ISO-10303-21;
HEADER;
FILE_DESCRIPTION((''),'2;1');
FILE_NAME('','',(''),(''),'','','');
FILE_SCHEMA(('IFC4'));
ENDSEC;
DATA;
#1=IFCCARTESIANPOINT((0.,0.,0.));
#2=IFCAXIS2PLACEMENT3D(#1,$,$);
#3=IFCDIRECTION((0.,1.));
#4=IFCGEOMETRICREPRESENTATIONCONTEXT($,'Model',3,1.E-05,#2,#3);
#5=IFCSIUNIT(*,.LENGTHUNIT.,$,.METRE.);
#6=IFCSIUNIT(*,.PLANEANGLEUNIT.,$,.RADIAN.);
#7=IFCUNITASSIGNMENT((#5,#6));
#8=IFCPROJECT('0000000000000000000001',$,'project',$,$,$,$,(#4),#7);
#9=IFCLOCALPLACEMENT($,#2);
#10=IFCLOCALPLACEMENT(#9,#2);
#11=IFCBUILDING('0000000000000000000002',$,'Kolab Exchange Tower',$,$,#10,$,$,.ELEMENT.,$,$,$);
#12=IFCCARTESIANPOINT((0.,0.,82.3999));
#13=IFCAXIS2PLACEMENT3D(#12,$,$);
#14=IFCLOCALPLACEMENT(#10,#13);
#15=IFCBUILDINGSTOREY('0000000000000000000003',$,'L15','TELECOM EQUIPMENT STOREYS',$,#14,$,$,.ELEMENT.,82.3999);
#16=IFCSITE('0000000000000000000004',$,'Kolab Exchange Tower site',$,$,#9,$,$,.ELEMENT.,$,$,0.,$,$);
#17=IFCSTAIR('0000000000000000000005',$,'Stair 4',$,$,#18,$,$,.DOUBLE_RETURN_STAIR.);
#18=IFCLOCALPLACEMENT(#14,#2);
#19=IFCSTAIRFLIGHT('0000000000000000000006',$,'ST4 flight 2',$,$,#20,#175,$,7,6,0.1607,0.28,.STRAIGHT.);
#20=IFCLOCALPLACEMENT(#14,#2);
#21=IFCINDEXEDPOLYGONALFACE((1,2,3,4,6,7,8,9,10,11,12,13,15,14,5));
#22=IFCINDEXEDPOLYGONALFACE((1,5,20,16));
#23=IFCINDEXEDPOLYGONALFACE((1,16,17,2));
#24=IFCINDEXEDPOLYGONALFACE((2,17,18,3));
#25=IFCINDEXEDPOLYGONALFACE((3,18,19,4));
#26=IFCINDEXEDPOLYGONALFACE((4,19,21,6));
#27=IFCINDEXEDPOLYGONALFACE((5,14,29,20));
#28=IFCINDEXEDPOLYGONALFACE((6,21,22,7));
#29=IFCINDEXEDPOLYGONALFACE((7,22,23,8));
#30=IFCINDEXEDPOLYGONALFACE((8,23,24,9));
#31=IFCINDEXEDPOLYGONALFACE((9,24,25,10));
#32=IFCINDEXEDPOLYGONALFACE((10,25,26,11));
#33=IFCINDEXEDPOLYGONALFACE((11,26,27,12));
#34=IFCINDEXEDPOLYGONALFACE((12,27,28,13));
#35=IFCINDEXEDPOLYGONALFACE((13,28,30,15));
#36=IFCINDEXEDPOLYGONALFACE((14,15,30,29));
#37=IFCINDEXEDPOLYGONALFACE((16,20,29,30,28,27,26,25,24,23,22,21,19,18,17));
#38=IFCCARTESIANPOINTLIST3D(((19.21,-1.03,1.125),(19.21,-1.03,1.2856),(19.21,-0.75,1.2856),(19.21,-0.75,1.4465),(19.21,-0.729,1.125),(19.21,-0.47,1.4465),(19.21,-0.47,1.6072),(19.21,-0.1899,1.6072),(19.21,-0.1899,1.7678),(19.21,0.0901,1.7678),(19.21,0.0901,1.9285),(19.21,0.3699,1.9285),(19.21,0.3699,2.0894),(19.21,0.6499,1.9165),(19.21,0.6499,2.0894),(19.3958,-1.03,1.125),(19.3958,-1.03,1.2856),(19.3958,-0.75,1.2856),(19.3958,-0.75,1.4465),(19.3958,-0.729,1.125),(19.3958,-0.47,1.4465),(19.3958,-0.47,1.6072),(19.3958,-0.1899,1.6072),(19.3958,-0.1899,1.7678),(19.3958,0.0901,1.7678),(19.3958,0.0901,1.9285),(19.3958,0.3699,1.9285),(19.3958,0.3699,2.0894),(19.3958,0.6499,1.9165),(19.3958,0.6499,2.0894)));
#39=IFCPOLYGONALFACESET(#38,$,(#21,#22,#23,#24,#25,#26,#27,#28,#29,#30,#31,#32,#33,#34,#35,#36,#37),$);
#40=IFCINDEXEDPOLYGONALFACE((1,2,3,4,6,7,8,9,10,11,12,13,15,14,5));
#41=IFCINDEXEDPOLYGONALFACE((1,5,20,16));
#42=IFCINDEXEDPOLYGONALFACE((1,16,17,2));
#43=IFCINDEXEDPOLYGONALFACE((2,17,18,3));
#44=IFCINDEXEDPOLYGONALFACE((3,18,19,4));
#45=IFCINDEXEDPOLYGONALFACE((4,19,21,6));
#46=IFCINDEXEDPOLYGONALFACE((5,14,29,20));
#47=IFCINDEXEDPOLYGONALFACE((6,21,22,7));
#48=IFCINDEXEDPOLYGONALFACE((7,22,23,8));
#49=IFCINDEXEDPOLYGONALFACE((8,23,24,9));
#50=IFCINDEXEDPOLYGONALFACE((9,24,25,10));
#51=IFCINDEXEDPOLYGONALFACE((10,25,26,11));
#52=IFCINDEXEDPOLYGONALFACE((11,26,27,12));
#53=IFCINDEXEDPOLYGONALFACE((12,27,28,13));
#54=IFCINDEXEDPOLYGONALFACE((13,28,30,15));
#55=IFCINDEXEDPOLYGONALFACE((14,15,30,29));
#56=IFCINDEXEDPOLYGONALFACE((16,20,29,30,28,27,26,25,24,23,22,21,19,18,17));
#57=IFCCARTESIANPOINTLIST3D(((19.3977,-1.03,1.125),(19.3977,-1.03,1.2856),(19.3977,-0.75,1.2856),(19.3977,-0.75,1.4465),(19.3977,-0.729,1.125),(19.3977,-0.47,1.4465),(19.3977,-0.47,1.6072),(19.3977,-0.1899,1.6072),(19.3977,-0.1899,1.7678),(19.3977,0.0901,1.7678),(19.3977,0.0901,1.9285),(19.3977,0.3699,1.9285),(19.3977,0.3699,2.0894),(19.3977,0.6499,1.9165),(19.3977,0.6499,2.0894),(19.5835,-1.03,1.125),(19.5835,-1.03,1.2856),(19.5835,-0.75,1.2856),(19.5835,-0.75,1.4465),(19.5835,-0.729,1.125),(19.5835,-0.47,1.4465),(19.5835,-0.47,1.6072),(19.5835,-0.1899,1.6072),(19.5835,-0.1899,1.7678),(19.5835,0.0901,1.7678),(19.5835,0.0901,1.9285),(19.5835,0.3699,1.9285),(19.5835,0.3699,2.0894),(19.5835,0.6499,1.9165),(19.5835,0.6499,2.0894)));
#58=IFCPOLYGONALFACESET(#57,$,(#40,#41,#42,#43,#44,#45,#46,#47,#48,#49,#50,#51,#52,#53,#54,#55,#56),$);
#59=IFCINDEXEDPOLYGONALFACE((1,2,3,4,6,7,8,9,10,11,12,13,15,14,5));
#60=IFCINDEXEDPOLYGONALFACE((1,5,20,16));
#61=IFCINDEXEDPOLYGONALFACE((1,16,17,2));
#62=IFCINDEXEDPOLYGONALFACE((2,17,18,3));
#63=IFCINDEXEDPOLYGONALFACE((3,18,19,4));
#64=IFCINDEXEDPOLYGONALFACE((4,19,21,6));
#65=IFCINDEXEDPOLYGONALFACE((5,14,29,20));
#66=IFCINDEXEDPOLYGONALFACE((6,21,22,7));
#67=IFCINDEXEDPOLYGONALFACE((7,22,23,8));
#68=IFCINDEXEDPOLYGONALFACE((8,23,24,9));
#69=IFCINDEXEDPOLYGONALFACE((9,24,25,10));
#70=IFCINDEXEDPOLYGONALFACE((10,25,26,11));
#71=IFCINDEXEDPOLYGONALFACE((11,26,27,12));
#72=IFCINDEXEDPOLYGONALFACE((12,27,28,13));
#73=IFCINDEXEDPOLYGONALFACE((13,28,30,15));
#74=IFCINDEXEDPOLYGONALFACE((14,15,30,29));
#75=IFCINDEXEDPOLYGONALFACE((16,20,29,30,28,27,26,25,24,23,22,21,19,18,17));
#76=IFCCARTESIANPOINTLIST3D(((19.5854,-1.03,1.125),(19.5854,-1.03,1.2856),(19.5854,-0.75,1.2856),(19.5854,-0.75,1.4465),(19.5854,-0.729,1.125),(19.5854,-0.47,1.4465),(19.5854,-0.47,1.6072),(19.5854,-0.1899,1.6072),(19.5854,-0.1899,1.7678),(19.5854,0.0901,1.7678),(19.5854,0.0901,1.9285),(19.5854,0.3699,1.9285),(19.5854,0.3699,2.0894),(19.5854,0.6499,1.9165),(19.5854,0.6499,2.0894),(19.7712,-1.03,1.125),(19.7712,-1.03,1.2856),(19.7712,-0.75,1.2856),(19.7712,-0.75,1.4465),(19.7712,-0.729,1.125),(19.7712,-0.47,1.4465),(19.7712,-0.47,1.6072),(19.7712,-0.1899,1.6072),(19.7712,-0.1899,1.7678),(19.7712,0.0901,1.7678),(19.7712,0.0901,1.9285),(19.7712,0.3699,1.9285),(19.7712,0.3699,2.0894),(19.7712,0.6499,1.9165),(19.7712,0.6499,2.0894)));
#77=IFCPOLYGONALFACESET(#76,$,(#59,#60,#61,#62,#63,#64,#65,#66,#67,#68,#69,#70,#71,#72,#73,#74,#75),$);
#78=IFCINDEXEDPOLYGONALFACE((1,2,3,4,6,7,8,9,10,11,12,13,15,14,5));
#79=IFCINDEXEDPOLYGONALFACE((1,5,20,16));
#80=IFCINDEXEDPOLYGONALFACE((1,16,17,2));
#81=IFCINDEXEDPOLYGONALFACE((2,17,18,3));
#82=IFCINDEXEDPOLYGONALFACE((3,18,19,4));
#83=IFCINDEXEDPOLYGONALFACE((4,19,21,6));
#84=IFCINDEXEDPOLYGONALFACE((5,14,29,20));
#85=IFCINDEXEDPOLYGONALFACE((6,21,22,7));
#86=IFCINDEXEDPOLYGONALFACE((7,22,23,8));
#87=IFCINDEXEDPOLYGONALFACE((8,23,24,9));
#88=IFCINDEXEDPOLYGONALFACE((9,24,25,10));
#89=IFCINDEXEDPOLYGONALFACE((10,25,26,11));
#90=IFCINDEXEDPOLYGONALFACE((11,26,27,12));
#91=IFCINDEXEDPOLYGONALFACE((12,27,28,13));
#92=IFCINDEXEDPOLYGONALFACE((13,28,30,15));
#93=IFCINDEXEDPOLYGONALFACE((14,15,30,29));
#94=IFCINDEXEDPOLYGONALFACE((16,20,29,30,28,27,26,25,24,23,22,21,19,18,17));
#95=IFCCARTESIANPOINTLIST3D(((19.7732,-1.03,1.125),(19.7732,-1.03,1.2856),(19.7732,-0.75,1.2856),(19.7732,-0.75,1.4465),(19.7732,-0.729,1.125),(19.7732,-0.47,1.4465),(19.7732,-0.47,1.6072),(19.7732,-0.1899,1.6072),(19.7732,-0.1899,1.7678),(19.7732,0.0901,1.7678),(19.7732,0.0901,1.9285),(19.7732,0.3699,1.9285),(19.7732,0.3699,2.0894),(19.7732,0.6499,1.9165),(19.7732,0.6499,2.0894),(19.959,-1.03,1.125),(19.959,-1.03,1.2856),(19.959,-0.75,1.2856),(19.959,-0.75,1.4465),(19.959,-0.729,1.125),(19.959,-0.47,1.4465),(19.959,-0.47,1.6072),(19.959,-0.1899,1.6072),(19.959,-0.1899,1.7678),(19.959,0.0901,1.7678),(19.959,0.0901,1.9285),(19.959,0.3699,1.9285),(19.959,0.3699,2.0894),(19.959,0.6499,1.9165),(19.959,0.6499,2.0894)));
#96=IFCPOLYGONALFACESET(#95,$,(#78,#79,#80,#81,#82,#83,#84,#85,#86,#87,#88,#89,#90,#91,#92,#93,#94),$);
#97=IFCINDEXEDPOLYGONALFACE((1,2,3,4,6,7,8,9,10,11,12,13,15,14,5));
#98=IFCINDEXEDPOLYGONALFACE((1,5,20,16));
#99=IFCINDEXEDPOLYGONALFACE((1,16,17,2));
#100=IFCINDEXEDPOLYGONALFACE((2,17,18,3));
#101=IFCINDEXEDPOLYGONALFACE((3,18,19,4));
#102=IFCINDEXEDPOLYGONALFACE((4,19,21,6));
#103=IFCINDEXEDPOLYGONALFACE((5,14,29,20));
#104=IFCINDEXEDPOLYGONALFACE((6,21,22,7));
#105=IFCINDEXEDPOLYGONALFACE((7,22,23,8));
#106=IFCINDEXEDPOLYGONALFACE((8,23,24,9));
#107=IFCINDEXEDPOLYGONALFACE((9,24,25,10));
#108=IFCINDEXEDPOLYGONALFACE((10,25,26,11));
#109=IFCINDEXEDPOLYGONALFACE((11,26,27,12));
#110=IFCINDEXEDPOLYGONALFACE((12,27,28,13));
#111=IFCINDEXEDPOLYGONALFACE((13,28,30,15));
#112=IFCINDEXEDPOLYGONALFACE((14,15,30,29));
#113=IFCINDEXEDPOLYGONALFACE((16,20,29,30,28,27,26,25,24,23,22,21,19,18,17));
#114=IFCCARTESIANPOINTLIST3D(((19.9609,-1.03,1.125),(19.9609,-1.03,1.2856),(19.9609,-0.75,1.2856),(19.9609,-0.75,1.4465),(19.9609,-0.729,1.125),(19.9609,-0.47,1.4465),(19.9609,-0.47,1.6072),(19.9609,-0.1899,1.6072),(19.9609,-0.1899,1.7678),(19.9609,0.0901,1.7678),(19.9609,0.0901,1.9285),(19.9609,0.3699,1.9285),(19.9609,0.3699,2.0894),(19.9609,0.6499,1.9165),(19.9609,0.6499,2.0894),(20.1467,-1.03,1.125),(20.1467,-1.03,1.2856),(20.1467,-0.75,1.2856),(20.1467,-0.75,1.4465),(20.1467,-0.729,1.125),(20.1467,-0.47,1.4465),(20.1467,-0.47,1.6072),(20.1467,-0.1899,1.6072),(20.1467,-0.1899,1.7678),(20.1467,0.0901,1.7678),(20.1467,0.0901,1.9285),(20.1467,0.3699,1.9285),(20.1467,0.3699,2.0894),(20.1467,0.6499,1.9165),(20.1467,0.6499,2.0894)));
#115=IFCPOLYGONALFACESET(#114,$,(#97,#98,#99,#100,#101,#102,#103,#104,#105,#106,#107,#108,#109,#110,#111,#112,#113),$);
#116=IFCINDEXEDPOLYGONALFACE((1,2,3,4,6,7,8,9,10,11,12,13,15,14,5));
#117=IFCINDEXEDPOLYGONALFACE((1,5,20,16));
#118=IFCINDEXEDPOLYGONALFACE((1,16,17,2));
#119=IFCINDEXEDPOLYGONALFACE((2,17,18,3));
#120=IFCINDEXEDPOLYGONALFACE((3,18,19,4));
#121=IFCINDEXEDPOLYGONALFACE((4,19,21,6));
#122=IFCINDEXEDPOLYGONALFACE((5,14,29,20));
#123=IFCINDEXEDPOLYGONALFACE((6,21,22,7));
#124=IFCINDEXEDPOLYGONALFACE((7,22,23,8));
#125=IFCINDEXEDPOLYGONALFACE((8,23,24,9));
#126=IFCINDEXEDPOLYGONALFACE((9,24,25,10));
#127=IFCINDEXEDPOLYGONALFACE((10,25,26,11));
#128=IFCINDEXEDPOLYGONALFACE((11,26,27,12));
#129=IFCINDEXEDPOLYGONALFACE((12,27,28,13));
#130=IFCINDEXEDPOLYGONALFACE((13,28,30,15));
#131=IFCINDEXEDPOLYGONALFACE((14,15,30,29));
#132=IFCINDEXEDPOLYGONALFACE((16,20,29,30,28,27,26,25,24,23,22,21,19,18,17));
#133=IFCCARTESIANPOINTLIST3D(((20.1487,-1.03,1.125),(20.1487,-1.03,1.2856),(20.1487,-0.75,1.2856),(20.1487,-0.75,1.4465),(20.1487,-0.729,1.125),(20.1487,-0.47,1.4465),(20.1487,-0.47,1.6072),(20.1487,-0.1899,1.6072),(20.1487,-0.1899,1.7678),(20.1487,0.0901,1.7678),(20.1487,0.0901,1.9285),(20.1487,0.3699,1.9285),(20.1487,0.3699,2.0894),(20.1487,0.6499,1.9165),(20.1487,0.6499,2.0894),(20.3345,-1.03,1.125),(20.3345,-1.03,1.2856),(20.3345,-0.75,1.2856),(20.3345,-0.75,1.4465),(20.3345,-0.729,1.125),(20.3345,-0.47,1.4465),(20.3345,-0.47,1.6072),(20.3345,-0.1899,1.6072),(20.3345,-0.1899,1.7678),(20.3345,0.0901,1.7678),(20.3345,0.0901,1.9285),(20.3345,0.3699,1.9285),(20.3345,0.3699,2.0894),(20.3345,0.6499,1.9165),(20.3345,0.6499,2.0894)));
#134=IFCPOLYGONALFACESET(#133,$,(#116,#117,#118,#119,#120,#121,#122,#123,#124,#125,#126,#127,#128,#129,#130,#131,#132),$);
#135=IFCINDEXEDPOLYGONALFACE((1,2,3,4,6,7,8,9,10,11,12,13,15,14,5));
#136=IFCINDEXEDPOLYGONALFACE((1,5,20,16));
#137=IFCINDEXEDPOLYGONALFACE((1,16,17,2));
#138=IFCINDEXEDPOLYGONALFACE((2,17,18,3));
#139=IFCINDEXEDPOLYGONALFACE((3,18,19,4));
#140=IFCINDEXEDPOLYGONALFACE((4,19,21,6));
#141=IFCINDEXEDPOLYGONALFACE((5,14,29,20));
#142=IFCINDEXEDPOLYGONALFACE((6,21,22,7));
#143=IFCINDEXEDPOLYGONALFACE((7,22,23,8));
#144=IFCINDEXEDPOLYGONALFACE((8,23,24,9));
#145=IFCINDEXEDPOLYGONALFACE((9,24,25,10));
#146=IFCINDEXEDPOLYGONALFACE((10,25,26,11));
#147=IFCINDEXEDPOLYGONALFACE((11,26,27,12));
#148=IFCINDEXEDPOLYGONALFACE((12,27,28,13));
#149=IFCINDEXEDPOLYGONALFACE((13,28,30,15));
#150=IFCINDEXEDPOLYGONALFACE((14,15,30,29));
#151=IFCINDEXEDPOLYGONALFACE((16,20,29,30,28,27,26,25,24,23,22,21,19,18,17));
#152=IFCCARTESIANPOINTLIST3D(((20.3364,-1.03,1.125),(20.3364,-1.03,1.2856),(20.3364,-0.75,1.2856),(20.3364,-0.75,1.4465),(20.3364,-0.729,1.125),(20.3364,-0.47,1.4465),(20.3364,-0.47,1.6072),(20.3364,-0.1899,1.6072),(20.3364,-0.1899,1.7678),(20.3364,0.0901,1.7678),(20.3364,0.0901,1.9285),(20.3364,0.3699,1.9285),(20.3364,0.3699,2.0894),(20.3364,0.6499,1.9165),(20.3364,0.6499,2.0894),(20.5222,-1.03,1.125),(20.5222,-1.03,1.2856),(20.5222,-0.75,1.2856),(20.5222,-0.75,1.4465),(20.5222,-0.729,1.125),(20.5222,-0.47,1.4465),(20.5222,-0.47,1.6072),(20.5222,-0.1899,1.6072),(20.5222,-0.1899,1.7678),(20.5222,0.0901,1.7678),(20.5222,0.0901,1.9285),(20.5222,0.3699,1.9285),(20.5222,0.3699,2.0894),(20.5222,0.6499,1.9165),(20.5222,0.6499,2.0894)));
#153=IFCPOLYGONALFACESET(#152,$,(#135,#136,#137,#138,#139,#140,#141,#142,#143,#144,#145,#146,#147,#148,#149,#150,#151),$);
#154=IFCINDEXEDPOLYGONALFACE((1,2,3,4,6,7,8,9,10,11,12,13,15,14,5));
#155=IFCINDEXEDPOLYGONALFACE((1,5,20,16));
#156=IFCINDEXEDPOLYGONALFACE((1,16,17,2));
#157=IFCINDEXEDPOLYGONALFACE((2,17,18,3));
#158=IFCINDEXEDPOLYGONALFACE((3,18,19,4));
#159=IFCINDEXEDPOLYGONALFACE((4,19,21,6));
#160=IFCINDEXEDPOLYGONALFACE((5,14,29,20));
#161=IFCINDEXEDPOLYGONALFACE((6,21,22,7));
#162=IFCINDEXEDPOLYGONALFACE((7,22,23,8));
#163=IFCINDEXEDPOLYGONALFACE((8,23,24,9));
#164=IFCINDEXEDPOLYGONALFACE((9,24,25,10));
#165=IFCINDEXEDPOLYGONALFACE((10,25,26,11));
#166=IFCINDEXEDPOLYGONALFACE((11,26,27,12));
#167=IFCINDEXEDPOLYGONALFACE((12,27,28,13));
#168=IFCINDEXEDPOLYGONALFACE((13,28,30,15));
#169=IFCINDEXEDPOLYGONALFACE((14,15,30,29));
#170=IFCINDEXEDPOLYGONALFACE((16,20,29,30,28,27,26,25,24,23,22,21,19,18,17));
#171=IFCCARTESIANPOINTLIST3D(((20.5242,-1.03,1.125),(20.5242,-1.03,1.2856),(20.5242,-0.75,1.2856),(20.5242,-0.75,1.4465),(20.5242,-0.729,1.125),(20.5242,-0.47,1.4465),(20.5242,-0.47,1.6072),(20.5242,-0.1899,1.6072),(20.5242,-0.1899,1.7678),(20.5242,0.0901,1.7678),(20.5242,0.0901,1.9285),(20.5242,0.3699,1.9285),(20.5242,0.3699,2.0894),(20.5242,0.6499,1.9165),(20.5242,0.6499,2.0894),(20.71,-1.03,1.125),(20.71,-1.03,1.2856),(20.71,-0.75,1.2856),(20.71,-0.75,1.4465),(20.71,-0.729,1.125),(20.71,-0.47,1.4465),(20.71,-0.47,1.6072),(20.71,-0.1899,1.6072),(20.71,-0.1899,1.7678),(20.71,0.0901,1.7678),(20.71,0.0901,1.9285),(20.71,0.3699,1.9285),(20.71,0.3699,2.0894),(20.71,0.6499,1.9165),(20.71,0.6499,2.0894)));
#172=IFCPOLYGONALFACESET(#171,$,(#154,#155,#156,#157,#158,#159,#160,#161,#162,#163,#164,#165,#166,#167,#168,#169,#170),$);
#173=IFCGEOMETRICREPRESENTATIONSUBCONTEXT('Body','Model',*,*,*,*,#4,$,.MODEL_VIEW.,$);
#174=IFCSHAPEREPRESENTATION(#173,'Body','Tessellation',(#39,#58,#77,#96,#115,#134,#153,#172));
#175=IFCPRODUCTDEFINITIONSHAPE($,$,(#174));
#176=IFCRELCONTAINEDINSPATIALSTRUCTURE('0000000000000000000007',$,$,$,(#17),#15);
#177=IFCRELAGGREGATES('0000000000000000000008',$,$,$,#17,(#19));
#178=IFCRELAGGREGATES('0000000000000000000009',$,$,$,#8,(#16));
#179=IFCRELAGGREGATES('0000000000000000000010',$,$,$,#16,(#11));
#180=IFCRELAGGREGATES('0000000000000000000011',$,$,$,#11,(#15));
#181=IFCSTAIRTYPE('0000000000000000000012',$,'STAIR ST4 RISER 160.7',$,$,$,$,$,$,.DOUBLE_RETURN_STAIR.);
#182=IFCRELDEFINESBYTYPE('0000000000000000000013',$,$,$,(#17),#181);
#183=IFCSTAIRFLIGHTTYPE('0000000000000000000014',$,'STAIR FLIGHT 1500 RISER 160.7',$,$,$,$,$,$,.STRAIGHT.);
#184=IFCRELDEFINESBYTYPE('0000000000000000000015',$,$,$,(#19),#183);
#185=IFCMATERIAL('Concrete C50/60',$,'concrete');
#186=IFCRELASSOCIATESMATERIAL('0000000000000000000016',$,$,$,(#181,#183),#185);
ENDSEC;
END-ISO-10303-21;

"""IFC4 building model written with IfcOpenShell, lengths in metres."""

from ifc_helpers import new_model, si_unit, direction, frame, origin, place, context, subcontext, project, spatial, polyline, outline, extrude, material, type_object, element, aggregate, save


model = new_model("IFC4")

# Units and contexts
model_context = context("Model", 3, precision=1e-05, world=origin(), true_north=direction((0.0, 1.0)))
body_context = subcontext(model_context, "Body", "Model", "MODEL_VIEW")
ifc_project = project(units=[si_unit("LENGTHUNIT", "METRE"), si_unit("PLANEANGLEUNIT", "RADIAN")], contexts=[model_context])

# Site, building, storey
site_placement = place(None, origin())
site = spatial("IfcSite", under=ifc_project, at=site_placement, Name="Kolab Exchange Tower site", CompositionType="ELEMENT", RefElevation=0.0)
building_placement = place(site_placement, origin())
building = spatial("IfcBuilding", under=site, at=building_placement, Name="Kolab Exchange Tower", CompositionType="ELEMENT")
storey_placement = place(building_placement, frame((0.0, 0.0, 82.3999)))
storey = spatial("IfcBuildingStorey", under=building, at=storey_placement, Name="L15", Description="TELECOM EQUIPMENT STOREYS", CompositionType="ELEMENT", Elevation=82.3999)

# Shared definitions
ifc_material_1 = material(Name="Concrete C50/60", Category="concrete")

# Stair, stair flight
stair_type = type_object("IfcStairType", Name="STAIR ST4 RISER 160.7", PredefinedType="DOUBLE_RETURN_STAIR", material=ifc_material_1)
stair_placement = place(storey_placement, origin())
stair = element("IfcStair", 1, at=stair_placement, inside=storey, type_object=stair_type, Name="Stair 4", PredefinedType="DOUBLE_RETURN_STAIR")
stair_flight_type = type_object("IfcStairFlightType", Name="STAIR FLIGHT 1500 RISER 160.7", PredefinedType="STRAIGHT", material=ifc_material_1)
stair_flight_1_placement = place(storey_placement, frame((19.96, -1.03, 1.125), z_axis=(0.0, 0.0, 1.0), x_axis=(0.0, 1.0, 0.0)))
stair_flight_1 = element("IfcStairFlight", 2, at=stair_flight_1_placement, type_object=stair_flight_type, Name="ST4 flight 2", NumberOfRisers=7, NumberOfTreads=6, PredefinedType="STRAIGHT", RiserHeight=0.1607, TreadLength=0.28, context=body_context, shape_type="SweptSolid", body=[
    extrude(outline(polyline([(0.0, 0.0), (0.0, 0.1606), (0.28, 0.1606), (0.28, 0.3215), (0.5601, 0.3215), (0.5601, 0.4822), (0.8401, 0.4822), (0.8401, 0.6428), (1.1201, 0.6428), (1.1201, 0.8035), (1.3999, 0.8035), (1.3999, 0.9644), (1.6799, 0.9644), (1.6799, 1.125), (1.6799, 0.7915), (0.301, 0.0), (0.0, 0.0)])), frame((0.0, 0.75, 0.0), z_axis=(0.0, -1.0, 0.0), x_axis=(1.0, 0.0, 0.0)), (0.0, 0.0, 1.0), 0.1858),
    extrude(outline(polyline([(0.0, 0.0), (0.0, 0.1606), (0.28, 0.1606), (0.28, 0.3215), (0.5601, 0.3215), (0.5601, 0.4822), (0.8401, 0.4822), (0.8401, 0.6428), (1.1201, 0.6428), (1.1201, 0.8035), (1.3999, 0.8035), (1.3999, 0.9644), (1.6799, 0.9644), (1.6799, 1.125), (1.6799, 0.7915), (0.301, 0.0), (0.0, 0.0)])), frame((0.0, 0.5623, 0.0), z_axis=(0.0, -1.0, 0.0), x_axis=(1.0, 0.0, 0.0)), (0.0, 0.0, 1.0), 0.1858),
    extrude(outline(polyline([(0.0, 0.0), (0.0, 0.1606), (0.28, 0.1606), (0.28, 0.3215), (0.5601, 0.3215), (0.5601, 0.4822), (0.8401, 0.4822), (0.8401, 0.6428), (1.1201, 0.6428), (1.1201, 0.8035), (1.3999, 0.8035), (1.3999, 0.9644), (1.6799, 0.9644), (1.6799, 1.125), (1.6799, 0.7915), (0.301, 0.0), (0.0, 0.0)])), frame((0.0, 0.3745, 0.0), z_axis=(0.0, -1.0, 0.0), x_axis=(1.0, 0.0, 0.0)), (0.0, 0.0, 1.0), 0.1858),
    extrude(outline(polyline([(0.0, 0.0), (0.0, 0.1606), (0.28, 0.1606), (0.28, 0.3215), (0.5601, 0.3215), (0.5601, 0.4822), (0.8401, 0.4822), (0.8401, 0.6428), (1.1201, 0.6428), (1.1201, 0.8035), (1.3999, 0.8035), (1.3999, 0.9644), (1.6799, 0.9644), (1.6799, 1.125), (1.6799, 0.7915), (0.301, 0.0), (0.0, 0.0)])), frame((0.0, 0.1868, 0.0), z_axis=(0.0, -1.0, 0.0), x_axis=(1.0, 0.0, 0.0)), (0.0, 0.0, 1.0), 0.1858),
    extrude(outline(polyline([(0.0, 0.0), (0.0, 0.1606), (0.28, 0.1606), (0.28, 0.3215), (0.5601, 0.3215), (0.5601, 0.4822), (0.8401, 0.4822), (0.8401, 0.6428), (1.1201, 0.6428), (1.1201, 0.8035), (1.3999, 0.8035), (1.3999, 0.9644), (1.6799, 0.9644), (1.6799, 1.125), (1.6799, 0.7915), (0.301, 0.0), (0.0, 0.0)])), frame((0.0, -0.001, 0.0), z_axis=(0.0, -1.0, 0.0), x_axis=(1.0, 0.0, 0.0)), (0.0, 0.0, 1.0), 0.1858),
    extrude(outline(polyline([(0.0, 0.0), (0.0, 0.1606), (0.28, 0.1606), (0.28, 0.3215), (0.5601, 0.3215), (0.5601, 0.4822), (0.8401, 0.4822), (0.8401, 0.6428), (1.1201, 0.6428), (1.1201, 0.8035), (1.3999, 0.8035), (1.3999, 0.9644), (1.6799, 0.9644), (1.6799, 1.125), (1.6799, 0.7915), (0.301, 0.0), (0.0, 0.0)])), frame((0.0, -0.1887, 0.0), z_axis=(0.0, -1.0, 0.0), x_axis=(1.0, 0.0, 0.0)), (0.0, 0.0, 1.0), 0.1858),
    extrude(outline(polyline([(0.0, 0.0), (0.0, 0.1606), (0.28, 0.1606), (0.28, 0.3215), (0.5601, 0.3215), (0.5601, 0.4822), (0.8401, 0.4822), (0.8401, 0.6428), (1.1201, 0.6428), (1.1201, 0.8035), (1.3999, 0.8035), (1.3999, 0.9644), (1.6799, 0.9644), (1.6799, 1.125), (1.6799, 0.7915), (0.301, 0.0), (0.0, 0.0)])), frame((0.0, -0.3765, 0.0), z_axis=(0.0, -1.0, 0.0), x_axis=(1.0, 0.0, 0.0)), (0.0, 0.0, 1.0), 0.1858),
    extrude(outline(polyline([(0.0, 0.0), (0.0, 0.1606), (0.28, 0.1606), (0.28, 0.3215), (0.5601, 0.3215), (0.5601, 0.4822), (0.8401, 0.4822), (0.8401, 0.6428), (1.1201, 0.6428), (1.1201, 0.8035), (1.3999, 0.8035), (1.3999, 0.9644), (1.6799, 0.9644), (1.6799, 1.125), (1.6799, 0.7915), (0.301, 0.0), (0.0, 0.0)])), frame((0.0, -0.5642, 0.0), z_axis=(0.0, -1.0, 0.0), x_axis=(1.0, 0.0, 0.0)), (0.0, 0.0, 1.0), 0.1858),
])
aggregate(stair, [stair_flight_1])

save(model, "model.ifc")
